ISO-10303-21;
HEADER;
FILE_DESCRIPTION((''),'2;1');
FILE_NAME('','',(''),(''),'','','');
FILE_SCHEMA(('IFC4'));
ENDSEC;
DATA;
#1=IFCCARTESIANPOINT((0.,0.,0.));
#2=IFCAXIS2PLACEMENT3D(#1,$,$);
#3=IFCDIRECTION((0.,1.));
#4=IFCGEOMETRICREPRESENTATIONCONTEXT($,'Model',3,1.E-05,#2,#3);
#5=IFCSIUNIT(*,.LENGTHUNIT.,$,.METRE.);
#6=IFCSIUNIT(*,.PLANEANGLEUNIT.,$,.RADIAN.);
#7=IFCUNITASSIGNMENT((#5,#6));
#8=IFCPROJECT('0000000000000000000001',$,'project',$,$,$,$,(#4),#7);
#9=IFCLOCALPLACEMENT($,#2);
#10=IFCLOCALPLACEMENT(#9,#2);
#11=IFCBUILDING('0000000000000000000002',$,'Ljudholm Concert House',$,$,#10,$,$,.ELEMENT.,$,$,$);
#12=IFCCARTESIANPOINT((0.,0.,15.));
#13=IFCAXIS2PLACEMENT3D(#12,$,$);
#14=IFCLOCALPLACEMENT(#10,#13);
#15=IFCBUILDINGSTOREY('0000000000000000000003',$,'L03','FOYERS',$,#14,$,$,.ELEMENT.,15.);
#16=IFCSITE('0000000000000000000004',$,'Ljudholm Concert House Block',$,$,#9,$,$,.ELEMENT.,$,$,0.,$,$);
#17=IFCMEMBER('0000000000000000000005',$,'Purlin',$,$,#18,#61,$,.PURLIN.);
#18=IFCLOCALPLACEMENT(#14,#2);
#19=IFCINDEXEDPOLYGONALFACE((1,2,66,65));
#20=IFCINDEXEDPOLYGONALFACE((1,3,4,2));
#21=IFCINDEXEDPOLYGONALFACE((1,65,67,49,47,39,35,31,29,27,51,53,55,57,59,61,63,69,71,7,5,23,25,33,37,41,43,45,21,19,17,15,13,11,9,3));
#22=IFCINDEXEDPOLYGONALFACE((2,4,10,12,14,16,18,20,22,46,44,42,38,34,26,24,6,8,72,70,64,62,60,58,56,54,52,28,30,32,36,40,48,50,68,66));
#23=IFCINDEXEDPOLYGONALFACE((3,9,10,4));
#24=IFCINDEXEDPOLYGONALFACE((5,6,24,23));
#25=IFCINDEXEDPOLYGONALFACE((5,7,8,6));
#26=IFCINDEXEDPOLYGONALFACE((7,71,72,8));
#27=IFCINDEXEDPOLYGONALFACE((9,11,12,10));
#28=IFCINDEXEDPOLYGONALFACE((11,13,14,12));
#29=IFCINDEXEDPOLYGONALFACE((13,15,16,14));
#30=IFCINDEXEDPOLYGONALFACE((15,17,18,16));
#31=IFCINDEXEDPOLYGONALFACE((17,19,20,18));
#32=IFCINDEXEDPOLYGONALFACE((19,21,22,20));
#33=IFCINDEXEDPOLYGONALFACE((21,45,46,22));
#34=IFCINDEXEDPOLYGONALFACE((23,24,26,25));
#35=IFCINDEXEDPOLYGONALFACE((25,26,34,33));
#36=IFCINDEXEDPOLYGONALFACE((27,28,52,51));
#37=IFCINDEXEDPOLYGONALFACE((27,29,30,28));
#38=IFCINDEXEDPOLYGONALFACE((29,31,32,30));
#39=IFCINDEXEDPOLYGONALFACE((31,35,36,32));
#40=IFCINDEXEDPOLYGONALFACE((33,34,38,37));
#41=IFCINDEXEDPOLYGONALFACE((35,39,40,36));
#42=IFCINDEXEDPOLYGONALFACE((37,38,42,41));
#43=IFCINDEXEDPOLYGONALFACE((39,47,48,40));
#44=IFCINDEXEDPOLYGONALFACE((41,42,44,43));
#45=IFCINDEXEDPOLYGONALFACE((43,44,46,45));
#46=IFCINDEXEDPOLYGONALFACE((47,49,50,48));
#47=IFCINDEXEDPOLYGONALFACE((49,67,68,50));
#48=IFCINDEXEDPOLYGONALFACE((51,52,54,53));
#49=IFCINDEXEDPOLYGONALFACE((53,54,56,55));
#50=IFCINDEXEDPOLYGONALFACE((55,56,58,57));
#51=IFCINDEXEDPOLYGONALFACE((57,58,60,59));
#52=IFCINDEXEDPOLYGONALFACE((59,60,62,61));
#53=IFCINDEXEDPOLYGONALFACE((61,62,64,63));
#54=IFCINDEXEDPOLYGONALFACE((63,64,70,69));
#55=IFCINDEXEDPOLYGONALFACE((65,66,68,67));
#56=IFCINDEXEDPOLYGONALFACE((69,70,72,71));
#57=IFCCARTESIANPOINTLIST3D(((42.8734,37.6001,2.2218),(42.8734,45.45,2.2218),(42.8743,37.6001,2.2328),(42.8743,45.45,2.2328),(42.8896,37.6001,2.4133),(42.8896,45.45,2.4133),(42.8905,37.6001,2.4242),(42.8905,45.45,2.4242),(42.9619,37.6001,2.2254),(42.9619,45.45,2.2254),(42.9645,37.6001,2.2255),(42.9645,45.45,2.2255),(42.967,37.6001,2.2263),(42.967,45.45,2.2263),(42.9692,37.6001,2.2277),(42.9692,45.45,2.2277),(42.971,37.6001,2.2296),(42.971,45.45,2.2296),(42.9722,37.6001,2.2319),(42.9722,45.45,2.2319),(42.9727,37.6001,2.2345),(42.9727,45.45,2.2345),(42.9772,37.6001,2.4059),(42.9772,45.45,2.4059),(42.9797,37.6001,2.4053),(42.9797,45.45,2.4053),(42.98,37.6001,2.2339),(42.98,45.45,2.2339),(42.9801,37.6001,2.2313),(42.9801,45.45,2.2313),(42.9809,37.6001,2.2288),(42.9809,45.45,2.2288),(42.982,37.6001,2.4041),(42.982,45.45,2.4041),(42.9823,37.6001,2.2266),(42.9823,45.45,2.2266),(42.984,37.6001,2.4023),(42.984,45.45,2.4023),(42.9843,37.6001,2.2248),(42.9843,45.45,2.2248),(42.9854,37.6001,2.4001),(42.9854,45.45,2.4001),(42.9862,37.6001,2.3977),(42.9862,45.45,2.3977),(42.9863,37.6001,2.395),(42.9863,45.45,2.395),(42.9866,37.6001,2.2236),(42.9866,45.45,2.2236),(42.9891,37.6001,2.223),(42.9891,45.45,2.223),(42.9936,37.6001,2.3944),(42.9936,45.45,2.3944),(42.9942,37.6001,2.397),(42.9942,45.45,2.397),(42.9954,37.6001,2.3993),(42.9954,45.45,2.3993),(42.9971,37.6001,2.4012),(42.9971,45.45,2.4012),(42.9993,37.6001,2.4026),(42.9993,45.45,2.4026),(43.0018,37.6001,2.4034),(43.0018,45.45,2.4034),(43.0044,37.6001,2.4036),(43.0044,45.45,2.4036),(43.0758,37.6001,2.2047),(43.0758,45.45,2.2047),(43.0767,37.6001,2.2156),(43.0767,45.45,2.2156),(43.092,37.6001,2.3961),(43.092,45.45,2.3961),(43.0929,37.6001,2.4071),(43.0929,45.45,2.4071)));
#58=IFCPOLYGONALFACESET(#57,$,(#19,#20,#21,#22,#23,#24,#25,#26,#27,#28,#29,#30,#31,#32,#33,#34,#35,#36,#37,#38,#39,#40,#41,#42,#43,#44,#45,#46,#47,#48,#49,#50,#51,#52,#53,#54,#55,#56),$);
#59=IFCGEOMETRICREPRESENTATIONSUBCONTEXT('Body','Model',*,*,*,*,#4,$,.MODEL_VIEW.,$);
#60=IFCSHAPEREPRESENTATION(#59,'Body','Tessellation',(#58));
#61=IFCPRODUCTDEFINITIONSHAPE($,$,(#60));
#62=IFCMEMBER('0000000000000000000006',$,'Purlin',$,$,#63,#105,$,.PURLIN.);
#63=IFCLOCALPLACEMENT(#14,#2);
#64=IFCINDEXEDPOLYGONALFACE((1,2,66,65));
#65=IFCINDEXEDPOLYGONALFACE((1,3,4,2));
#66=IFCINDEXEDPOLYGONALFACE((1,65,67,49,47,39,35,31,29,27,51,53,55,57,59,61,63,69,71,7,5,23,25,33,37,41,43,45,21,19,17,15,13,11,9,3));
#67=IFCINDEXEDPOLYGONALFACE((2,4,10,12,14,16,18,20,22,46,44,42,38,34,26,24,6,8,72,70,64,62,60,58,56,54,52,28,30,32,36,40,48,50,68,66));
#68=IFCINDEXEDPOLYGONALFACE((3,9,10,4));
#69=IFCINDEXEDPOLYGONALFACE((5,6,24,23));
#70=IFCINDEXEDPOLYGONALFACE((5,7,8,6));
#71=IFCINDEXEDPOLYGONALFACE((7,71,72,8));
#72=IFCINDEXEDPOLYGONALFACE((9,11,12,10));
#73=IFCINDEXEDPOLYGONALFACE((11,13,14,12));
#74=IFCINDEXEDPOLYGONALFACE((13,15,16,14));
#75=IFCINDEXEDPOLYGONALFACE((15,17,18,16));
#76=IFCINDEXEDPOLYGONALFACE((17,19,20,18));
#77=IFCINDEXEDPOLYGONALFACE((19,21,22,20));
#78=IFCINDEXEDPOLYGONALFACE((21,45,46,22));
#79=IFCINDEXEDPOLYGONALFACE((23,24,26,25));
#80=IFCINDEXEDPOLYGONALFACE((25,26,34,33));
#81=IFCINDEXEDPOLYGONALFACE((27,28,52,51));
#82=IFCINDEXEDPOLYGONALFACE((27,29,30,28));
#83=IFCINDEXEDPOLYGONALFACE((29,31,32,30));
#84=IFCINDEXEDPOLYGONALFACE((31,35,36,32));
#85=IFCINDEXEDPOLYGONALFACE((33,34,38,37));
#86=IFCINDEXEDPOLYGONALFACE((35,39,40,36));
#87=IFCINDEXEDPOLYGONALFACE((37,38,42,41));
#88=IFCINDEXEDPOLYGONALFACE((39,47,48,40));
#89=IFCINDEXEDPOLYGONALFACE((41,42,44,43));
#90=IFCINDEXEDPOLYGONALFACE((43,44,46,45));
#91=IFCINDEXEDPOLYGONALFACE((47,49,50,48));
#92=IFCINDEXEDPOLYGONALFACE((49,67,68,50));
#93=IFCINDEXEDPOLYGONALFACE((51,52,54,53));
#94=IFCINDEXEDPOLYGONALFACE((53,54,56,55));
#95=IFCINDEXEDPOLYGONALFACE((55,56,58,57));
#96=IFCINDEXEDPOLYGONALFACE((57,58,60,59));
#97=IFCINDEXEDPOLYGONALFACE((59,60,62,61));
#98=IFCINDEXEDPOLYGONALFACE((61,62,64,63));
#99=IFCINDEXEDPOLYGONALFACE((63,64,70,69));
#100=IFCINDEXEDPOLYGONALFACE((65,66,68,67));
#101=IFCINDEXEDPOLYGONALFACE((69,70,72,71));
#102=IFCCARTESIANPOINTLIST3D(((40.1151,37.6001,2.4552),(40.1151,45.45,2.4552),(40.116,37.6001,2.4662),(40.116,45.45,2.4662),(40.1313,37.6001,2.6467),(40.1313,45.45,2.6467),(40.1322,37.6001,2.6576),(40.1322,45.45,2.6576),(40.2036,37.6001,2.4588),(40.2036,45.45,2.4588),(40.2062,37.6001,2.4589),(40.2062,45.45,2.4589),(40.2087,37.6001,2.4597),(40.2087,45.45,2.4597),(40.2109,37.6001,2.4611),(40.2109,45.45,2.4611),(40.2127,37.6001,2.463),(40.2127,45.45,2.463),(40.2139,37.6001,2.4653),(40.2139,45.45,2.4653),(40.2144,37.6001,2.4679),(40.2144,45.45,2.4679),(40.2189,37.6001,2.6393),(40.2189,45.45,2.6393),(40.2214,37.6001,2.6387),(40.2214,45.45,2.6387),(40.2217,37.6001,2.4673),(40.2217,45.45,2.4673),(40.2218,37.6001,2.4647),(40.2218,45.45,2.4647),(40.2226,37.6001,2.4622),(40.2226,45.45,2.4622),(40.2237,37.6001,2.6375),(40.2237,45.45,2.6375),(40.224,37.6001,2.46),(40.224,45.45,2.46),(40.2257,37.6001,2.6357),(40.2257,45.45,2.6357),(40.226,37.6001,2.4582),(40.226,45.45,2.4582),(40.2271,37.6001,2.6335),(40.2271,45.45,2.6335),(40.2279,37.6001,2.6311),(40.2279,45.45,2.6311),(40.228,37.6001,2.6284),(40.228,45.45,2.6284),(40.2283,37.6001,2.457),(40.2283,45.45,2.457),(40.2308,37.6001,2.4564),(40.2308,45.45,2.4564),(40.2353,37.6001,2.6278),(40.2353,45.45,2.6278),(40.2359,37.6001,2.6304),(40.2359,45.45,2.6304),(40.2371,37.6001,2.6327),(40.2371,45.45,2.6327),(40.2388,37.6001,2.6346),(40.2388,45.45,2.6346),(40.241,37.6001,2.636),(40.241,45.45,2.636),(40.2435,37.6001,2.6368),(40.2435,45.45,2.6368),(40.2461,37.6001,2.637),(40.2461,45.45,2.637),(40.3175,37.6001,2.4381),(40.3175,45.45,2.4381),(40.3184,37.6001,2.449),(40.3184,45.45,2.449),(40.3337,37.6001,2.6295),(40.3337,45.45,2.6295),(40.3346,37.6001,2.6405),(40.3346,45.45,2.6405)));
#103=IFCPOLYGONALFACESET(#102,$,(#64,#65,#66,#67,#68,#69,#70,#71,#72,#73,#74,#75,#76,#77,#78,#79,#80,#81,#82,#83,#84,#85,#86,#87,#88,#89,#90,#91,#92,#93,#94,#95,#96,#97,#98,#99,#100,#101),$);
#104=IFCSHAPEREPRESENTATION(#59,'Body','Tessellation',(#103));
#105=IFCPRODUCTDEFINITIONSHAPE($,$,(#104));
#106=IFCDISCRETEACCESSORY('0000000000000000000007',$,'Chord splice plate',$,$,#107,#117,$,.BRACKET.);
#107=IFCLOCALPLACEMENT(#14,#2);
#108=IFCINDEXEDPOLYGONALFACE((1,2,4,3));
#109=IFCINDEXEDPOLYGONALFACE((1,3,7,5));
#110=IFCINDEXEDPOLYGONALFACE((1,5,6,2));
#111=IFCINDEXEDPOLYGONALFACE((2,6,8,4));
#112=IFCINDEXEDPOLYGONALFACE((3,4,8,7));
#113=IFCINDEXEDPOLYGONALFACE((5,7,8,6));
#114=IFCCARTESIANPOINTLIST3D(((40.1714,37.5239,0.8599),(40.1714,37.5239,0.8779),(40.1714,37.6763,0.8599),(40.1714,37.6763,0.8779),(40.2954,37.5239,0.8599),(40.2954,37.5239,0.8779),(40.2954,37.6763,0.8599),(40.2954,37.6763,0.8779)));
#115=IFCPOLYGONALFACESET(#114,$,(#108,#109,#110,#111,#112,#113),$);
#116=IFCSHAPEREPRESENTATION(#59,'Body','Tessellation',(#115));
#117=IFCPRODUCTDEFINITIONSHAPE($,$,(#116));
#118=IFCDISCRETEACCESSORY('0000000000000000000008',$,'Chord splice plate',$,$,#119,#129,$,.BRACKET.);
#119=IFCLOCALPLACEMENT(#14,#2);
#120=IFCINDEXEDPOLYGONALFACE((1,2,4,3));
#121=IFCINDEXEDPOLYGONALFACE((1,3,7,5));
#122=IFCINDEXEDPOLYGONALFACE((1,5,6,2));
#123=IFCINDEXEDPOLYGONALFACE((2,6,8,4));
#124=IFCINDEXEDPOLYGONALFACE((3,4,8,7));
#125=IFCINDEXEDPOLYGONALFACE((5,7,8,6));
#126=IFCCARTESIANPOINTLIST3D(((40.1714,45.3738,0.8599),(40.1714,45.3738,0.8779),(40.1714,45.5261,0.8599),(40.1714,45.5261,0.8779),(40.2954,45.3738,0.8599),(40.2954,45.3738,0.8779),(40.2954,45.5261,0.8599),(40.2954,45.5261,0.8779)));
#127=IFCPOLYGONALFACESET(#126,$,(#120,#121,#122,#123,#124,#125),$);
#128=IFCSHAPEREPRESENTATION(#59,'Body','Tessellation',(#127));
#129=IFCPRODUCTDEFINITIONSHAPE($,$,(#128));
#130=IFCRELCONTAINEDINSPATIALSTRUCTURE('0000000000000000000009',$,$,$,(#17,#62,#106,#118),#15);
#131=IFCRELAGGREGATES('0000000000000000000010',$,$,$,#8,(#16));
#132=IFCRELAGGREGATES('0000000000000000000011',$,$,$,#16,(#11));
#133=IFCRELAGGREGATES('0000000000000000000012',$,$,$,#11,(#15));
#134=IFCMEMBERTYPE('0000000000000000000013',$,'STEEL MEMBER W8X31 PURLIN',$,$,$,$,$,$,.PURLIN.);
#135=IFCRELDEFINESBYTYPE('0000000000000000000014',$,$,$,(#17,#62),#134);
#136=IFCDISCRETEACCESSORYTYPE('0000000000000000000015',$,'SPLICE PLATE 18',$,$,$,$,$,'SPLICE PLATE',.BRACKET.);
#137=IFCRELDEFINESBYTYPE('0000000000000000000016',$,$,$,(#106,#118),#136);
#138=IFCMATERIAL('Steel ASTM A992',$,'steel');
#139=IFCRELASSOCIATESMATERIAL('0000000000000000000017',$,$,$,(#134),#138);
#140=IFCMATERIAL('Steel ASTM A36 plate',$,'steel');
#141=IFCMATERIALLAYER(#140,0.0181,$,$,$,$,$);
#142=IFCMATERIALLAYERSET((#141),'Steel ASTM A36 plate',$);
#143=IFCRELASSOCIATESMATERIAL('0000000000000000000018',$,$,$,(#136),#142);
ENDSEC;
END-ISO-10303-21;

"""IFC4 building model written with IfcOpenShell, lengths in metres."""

from ifc_helpers import new_model, si_unit, direction, frame, origin, origin_2d, place, context, subcontext, project, spatial, rectangle, i_section, extrude, material, layer, layer_set, material_profile, profile_set, type_object, element, save


model = new_model("IFC4")

# Units and contexts
model_context = context("Model", 3, precision=1e-05, world=origin(), true_north=direction((0.0, 1.0)))
body_context = subcontext(model_context, "Body", "Model", "MODEL_VIEW")
ifc_project = project(units=[si_unit("LENGTHUNIT", "METRE"), si_unit("PLANEANGLEUNIT", "RADIAN")], contexts=[model_context])

# Site, building, storey
site_placement = place(None, origin())
site = spatial("IfcSite", under=ifc_project, at=site_placement, Name="Ljudholm Concert House Block", CompositionType="ELEMENT", RefElevation=0.0)
building_placement = place(site_placement, origin())
building = spatial("IfcBuilding", under=site, at=building_placement, Name="Ljudholm Concert House", CompositionType="ELEMENT")
storey_placement = place(building_placement, frame((0.0, 0.0, 15.0)))
storey = spatial("IfcBuildingStorey", under=building, at=storey_placement, Name="L03", Description="FOYERS", CompositionType="ELEMENT", Elevation=15.0)

# Members
ifc_material_1 = material(Name="Steel ASTM A992", Category="steel")
ifc_material_profile_1 = material_profile(ifc_material_1, i_section(OverallWidth=0.2031, OverallDepth=0.2031, WebThickness=0.0073, FlangeThickness=0.011, FilletRadius=0.01, at=origin_2d()), Name="W8X31")
ifc_profile_set_1 = profile_set([ifc_material_profile_1], Name="Steel ASTM A992")
member_type_1 = type_object("IfcMemberType", Name="STEEL MEMBER W8X31 PURLIN", PredefinedType="PURLIN", material=ifc_profile_set_1)
for number, where, z_axis, x_axis, name in (
    (1, (42.9832, 37.6001, 2.3145), (0.0, 1.0, 0.0), (-0.996441, 0.0, 0.084291), "Purlin"),
    (2, (40.2249, 37.6001, 2.5479), (0.0, 1.0, 0.0), (-0.996441, 0.0, 0.084291), "Purlin"),
):
    element("IfcMember", number, at=place(storey_placement, frame(where, z_axis=z_axis, x_axis=x_axis)), inside=storey, type_object=member_type_1, Name=name, PredefinedType="PURLIN", context=body_context, shape_type="SweptSolid", body=[
        extrude(i_section(OverallWidth=0.2031, OverallDepth=0.2031, WebThickness=0.0073, FlangeThickness=0.011, FilletRadius=0.01, at=origin_2d()), origin(), (0.0, 0.0, 1.0), 7.8499),
    ])

# Discrete accessories
ifc_material_2 = material(Name="Steel ASTM A36 plate", Category="steel")
ifc_layer_1 = layer(ifc_material_2, 0.0181)
ifc_layer_set_1 = layer_set([ifc_layer_1], Name="Steel ASTM A36 plate")
discrete_accessory_type_1 = type_object("IfcDiscreteAccessoryType", Name="SPLICE PLATE 18", ElementType="SPLICE PLATE", PredefinedType="BRACKET", material=ifc_layer_set_1)
for number, where, z_axis, x_axis, name in (
    (3, (40.2334, 37.6001, 0.8599), (0.0, 0.0, 1.0), (1.0, 0.0, 0.0), "Chord splice plate"),
    (4, (40.2334, 45.45, 0.8599), (0.0, 0.0, 1.0), (1.0, 0.0, 0.0), "Chord splice plate"),
):
    element("IfcDiscreteAccessory", number, at=place(storey_placement, frame(where, z_axis=z_axis, x_axis=x_axis)), inside=storey, type_object=discrete_accessory_type_1, Name=name, PredefinedType="BRACKET", context=body_context, shape_type="SweptSolid", body=[
        extrude(rectangle(XDim=0.124, YDim=0.1523, at=origin_2d()), origin(), (0.0, 0.0, 1.0), 0.0181),
    ])

save(model, "model.ifc")
